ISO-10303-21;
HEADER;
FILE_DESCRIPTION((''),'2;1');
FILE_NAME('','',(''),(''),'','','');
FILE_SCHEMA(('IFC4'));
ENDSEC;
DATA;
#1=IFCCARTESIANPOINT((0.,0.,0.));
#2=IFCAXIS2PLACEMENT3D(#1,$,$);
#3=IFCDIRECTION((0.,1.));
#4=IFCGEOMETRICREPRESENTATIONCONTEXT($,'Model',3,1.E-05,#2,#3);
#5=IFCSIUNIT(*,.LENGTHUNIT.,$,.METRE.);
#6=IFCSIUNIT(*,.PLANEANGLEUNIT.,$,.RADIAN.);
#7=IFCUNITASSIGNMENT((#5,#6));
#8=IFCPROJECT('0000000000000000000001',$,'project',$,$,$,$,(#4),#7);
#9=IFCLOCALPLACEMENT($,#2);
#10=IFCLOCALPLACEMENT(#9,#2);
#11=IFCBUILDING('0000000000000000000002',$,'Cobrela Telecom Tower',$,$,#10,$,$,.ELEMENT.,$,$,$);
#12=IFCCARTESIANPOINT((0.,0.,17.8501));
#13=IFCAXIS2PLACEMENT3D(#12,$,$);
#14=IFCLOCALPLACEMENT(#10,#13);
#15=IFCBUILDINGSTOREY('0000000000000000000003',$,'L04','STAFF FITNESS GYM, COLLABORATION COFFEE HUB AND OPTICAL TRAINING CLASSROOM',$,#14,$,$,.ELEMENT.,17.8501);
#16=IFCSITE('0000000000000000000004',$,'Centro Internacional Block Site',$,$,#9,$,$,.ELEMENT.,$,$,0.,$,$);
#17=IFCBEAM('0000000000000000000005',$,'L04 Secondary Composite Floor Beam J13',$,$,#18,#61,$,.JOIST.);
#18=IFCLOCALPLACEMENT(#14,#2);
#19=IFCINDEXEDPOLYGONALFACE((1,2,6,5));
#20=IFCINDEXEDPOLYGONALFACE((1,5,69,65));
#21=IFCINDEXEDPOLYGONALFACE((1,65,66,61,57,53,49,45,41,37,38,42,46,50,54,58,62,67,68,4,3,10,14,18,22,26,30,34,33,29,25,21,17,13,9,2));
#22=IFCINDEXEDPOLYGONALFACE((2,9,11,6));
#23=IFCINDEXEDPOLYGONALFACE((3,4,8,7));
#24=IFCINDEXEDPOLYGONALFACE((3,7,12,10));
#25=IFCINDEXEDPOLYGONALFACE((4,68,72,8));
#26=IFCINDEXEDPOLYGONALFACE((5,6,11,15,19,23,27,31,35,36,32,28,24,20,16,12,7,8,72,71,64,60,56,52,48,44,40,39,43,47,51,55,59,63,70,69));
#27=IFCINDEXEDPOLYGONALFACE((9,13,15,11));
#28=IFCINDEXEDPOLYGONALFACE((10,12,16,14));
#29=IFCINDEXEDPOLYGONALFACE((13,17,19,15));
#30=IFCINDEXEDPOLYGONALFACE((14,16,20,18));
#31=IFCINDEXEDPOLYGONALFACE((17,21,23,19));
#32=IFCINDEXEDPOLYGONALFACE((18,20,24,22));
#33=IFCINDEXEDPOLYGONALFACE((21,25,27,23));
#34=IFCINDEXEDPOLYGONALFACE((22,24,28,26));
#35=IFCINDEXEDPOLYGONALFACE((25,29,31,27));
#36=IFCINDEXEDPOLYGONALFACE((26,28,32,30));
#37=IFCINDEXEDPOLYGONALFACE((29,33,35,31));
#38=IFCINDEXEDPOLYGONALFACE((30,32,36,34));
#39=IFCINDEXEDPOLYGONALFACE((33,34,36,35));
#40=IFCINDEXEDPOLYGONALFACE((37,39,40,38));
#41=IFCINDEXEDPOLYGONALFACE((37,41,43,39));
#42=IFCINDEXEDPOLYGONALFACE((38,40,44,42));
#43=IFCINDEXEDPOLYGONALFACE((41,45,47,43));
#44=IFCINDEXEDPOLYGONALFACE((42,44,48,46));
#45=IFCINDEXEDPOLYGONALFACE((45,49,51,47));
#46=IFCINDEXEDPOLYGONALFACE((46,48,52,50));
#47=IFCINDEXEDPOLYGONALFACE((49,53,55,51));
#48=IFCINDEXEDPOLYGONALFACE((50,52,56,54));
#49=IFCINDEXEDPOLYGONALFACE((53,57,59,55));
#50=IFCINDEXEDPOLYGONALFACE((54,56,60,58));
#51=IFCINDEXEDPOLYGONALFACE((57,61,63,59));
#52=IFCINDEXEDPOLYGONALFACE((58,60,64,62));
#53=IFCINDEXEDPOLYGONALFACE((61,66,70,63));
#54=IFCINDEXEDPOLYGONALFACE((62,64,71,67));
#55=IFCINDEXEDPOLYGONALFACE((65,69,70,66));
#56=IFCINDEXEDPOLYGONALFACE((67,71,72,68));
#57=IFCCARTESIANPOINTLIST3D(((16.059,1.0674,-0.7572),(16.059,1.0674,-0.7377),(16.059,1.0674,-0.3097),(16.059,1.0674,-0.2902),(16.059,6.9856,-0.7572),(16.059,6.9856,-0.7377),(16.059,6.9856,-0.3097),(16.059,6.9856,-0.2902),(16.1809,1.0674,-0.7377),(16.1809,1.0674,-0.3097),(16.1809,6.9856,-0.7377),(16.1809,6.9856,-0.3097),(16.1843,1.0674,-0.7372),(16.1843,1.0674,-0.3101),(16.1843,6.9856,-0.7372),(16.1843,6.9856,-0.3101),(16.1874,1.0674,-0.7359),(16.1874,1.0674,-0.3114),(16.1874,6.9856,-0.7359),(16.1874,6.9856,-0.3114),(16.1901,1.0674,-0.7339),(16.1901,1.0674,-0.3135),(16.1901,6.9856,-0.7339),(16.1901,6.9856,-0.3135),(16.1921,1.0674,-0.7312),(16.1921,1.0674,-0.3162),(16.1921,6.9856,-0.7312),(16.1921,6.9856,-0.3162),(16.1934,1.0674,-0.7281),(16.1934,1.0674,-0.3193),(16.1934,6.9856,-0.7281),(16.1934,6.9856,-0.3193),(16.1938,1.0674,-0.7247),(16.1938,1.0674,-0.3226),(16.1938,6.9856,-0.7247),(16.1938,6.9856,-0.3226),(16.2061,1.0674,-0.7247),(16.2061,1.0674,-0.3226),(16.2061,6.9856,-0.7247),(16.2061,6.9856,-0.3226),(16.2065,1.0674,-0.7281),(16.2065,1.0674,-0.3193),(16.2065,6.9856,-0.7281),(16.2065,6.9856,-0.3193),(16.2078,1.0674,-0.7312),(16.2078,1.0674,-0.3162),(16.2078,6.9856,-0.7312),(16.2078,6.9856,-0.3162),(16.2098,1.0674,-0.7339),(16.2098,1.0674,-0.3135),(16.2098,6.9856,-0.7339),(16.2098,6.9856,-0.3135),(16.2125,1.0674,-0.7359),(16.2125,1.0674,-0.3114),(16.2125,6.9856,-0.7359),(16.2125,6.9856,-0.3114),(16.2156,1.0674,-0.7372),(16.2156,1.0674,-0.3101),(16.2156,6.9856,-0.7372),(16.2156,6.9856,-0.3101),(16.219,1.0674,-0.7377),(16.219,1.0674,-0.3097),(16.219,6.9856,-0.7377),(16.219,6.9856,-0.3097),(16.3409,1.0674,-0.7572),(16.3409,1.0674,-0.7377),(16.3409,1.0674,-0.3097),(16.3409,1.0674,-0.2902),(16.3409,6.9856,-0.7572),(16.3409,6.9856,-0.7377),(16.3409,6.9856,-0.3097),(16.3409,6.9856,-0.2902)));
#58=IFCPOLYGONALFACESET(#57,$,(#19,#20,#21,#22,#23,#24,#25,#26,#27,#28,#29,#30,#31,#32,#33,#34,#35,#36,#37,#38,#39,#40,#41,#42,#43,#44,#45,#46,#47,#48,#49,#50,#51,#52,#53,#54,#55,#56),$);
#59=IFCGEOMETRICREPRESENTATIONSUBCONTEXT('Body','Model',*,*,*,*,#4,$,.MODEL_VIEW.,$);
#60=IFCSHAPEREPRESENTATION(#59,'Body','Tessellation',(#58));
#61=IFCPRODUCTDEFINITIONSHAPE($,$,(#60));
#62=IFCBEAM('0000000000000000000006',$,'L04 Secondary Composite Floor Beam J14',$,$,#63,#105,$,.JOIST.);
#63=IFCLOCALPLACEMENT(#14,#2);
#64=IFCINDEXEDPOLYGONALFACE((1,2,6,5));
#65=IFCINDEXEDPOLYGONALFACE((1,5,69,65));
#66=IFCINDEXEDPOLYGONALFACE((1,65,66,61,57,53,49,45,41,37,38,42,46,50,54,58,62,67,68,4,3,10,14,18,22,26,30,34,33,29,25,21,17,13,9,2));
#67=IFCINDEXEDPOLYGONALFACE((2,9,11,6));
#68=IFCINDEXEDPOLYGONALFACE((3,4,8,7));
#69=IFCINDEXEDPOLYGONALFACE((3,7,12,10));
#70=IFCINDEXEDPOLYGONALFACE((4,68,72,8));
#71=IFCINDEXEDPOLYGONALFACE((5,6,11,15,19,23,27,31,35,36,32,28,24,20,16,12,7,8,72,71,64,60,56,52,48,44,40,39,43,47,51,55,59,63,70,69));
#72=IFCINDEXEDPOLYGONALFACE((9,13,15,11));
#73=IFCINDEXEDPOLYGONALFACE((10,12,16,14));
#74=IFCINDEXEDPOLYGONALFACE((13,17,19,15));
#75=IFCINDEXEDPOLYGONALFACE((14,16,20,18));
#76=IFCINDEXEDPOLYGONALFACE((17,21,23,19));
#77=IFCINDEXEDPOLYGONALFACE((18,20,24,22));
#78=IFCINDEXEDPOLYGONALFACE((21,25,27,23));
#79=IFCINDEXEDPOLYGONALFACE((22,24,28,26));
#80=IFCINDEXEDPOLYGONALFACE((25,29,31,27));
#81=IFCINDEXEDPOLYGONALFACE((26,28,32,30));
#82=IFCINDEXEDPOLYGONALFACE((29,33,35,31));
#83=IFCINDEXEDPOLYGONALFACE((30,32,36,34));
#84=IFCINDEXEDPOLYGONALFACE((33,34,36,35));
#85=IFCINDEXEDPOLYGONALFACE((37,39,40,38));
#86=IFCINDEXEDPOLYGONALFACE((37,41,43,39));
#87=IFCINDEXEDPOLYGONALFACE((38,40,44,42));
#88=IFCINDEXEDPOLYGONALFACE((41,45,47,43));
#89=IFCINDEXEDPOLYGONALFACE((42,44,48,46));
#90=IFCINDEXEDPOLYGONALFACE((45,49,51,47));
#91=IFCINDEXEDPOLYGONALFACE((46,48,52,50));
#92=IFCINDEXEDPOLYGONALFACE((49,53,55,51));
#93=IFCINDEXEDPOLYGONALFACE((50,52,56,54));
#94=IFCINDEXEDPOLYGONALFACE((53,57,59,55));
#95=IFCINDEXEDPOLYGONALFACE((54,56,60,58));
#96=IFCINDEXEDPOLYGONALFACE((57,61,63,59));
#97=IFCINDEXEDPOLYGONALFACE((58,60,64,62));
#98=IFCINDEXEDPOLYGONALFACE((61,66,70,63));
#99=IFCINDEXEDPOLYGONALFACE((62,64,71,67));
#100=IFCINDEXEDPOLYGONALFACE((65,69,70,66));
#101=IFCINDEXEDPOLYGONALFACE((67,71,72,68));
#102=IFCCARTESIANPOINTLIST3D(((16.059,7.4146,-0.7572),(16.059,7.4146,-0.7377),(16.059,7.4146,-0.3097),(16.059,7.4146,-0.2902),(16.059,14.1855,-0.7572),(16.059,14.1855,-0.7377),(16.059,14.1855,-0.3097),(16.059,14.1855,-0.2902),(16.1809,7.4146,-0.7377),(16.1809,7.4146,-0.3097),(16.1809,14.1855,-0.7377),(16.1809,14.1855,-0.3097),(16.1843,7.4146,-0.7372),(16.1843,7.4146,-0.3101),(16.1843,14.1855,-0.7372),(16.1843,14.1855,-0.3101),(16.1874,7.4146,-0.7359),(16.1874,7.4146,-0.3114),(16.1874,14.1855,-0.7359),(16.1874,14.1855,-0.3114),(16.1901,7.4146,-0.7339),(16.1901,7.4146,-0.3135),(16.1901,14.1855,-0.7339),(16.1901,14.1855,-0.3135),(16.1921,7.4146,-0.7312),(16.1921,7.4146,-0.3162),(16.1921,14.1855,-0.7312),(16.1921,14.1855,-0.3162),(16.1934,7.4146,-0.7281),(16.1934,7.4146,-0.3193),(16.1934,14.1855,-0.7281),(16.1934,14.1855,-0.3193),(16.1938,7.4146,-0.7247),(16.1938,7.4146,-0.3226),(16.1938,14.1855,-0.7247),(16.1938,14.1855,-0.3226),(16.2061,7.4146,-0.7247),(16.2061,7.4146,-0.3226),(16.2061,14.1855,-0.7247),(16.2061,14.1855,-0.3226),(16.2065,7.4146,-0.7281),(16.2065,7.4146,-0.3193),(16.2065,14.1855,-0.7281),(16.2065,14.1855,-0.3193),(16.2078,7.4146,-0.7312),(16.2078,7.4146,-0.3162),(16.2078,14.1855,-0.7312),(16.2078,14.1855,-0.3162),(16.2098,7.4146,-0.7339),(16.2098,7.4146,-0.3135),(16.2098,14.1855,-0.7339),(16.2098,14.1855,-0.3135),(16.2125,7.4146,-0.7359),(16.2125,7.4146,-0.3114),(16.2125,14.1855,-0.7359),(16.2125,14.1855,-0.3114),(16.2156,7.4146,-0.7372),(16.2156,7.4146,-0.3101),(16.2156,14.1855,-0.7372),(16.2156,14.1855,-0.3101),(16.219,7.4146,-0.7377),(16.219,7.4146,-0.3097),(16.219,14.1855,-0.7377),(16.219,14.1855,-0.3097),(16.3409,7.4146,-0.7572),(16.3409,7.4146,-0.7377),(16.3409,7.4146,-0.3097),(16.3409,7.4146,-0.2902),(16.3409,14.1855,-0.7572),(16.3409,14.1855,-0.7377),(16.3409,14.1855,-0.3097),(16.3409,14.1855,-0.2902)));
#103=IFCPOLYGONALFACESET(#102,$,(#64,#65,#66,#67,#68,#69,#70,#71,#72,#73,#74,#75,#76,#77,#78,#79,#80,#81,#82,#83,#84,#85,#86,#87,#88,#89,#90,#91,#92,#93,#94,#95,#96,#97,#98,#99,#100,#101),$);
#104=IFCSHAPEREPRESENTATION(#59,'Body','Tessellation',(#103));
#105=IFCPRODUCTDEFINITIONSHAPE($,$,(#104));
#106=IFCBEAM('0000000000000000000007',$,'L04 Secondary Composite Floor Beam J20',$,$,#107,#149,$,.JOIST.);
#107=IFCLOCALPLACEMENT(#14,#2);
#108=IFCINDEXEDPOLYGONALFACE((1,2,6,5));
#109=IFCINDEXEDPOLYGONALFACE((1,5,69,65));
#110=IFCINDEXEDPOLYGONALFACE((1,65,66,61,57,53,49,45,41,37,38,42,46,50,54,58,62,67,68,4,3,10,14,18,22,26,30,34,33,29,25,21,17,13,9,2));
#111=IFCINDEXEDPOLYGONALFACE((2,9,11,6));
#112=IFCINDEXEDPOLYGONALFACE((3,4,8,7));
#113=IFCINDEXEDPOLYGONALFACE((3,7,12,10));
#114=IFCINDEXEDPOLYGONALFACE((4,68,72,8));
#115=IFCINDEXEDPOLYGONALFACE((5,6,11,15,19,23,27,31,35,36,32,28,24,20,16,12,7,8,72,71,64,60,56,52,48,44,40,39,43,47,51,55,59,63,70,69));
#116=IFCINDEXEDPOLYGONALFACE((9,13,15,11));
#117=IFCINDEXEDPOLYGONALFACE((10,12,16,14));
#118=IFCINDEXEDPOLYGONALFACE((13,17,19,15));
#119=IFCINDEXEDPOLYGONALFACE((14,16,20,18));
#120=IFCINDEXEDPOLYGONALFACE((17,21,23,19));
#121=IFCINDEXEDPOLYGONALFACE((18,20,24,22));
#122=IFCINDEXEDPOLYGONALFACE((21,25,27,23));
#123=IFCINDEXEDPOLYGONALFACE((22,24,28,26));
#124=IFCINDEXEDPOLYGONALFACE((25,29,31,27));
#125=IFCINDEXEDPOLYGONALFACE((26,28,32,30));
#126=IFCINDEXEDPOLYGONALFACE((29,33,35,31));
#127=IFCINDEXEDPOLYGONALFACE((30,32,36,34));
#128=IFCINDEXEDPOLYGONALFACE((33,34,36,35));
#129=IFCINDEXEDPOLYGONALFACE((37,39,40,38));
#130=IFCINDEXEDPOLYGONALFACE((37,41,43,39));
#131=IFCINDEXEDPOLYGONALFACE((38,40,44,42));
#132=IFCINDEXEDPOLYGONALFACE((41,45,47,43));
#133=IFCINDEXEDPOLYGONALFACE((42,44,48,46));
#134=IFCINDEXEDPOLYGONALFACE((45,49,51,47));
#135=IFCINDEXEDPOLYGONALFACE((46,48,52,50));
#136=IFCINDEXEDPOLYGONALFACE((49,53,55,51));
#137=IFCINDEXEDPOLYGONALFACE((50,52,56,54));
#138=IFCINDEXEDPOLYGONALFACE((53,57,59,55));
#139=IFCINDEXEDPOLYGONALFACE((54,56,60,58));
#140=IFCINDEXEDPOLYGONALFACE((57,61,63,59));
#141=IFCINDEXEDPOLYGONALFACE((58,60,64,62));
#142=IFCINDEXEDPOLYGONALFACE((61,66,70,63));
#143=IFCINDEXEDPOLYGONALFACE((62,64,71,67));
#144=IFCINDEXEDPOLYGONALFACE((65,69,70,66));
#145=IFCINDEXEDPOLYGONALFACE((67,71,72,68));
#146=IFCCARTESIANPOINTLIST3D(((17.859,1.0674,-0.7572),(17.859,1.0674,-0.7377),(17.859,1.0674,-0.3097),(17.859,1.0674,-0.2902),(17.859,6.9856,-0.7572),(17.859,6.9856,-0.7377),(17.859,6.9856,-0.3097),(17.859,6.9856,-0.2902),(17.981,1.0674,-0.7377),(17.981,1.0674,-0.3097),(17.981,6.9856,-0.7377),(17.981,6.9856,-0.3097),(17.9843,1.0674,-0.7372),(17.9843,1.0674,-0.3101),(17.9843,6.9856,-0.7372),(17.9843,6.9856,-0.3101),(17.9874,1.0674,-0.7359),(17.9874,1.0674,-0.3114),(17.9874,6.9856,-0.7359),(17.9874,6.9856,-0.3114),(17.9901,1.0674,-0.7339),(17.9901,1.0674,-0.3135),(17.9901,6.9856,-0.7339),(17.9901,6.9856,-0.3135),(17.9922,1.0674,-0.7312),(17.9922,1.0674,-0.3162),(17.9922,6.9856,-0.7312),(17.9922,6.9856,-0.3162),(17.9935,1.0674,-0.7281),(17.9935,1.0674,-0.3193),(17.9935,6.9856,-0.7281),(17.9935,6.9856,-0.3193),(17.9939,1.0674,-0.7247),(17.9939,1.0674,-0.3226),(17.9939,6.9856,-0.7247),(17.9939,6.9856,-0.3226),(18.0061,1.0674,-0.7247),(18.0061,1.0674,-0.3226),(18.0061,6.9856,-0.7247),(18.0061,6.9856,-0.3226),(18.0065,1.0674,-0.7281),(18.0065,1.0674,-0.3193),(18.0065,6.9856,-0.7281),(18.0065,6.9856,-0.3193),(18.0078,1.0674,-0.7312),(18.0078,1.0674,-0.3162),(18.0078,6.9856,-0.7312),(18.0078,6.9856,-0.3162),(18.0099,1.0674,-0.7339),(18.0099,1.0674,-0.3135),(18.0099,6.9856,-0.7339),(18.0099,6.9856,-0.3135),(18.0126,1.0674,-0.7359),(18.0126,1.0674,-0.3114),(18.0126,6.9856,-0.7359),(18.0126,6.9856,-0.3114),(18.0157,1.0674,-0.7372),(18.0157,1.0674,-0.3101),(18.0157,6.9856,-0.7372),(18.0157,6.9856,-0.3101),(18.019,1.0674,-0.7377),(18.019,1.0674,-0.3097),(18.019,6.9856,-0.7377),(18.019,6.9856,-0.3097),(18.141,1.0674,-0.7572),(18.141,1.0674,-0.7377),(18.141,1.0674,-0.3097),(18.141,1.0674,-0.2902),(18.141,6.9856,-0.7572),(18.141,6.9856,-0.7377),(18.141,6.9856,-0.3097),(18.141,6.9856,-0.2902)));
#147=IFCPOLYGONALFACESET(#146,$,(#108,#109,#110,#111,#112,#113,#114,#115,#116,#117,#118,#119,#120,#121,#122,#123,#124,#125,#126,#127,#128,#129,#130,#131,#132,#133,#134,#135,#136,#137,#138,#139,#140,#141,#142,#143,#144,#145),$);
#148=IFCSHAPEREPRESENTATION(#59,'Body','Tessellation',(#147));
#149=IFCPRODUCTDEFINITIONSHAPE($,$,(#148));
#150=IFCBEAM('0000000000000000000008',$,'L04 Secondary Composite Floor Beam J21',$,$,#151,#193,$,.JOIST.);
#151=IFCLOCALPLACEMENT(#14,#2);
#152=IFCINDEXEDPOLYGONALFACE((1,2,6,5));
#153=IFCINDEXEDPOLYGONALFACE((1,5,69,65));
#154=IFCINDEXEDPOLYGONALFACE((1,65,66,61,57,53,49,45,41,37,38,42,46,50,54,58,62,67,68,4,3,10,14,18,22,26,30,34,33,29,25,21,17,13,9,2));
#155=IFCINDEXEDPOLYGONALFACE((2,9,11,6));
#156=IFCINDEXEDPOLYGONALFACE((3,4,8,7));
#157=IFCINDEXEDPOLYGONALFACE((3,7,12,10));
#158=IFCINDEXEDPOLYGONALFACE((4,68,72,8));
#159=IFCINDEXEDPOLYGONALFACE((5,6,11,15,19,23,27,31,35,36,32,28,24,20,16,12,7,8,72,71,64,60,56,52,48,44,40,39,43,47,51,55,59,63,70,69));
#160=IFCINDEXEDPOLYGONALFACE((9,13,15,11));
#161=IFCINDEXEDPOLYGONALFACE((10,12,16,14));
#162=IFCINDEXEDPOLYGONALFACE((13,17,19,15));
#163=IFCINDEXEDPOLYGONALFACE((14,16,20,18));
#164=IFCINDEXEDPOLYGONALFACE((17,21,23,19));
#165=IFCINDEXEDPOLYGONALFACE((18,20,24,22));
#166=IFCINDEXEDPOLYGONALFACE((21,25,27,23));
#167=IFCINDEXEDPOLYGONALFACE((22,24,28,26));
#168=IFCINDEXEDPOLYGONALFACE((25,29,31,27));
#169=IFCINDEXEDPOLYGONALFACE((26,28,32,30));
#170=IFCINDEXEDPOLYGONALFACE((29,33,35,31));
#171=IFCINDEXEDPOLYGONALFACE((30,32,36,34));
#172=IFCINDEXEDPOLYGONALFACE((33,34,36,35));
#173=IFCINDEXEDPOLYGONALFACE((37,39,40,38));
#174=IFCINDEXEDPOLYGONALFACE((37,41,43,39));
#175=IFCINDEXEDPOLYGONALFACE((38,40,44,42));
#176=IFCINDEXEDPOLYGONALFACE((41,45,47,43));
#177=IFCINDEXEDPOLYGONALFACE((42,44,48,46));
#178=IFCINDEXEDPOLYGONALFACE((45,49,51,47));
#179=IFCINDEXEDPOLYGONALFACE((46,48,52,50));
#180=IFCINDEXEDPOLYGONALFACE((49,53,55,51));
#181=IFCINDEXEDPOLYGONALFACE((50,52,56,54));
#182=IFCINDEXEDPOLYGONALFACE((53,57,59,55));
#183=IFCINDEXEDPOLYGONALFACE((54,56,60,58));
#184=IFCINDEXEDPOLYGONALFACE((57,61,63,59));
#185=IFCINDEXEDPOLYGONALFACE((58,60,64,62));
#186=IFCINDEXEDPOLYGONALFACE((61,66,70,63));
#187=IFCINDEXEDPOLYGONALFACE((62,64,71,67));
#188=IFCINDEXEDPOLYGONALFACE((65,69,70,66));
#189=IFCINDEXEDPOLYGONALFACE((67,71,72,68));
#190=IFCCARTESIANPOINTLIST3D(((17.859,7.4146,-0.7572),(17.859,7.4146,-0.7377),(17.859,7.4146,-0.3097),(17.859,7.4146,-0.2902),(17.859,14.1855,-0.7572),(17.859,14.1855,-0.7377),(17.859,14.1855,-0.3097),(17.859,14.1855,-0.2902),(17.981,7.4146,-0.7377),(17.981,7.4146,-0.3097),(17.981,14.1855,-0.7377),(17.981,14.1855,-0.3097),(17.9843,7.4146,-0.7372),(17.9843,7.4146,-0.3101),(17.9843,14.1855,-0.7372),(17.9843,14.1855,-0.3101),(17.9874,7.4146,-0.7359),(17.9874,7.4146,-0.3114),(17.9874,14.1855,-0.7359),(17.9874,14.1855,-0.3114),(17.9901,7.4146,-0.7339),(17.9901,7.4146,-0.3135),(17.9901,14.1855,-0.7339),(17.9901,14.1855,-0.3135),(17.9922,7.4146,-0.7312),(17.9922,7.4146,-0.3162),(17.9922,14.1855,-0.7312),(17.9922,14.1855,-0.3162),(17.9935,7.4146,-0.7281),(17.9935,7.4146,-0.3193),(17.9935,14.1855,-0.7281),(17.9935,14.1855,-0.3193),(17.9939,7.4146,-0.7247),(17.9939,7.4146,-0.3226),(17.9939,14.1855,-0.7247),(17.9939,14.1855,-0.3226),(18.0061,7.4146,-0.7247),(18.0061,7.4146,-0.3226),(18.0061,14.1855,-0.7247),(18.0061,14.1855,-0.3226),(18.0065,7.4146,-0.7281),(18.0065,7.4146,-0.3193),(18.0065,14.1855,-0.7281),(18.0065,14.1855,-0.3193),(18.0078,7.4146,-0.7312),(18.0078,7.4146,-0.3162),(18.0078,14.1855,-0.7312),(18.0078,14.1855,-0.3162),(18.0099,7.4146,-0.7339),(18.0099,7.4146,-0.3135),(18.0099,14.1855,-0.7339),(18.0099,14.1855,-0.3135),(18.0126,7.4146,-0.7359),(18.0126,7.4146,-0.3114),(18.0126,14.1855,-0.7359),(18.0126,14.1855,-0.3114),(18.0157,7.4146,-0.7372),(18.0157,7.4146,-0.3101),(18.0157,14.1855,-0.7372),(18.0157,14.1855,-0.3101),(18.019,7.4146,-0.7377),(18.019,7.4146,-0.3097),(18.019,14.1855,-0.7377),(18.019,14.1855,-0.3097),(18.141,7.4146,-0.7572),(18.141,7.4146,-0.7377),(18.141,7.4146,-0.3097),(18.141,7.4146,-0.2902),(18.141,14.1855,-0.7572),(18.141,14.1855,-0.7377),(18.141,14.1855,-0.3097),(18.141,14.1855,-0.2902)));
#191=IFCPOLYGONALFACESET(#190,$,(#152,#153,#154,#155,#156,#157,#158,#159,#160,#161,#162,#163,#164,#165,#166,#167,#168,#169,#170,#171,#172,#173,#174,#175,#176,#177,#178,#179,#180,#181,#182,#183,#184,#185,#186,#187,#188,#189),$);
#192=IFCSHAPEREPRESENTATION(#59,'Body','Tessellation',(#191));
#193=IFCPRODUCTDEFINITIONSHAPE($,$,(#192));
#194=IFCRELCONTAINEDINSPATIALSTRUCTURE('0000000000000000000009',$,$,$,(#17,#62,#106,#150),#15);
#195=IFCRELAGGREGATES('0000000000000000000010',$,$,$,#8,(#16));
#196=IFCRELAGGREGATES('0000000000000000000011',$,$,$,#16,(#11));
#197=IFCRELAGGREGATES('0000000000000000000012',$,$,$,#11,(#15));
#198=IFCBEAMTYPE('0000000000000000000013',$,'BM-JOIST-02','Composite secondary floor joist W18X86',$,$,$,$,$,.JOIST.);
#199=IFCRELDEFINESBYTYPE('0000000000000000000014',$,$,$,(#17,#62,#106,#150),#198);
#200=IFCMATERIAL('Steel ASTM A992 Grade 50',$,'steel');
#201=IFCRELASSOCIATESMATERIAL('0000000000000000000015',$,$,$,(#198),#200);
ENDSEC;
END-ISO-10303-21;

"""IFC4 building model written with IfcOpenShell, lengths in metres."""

from ifc_helpers import new_model, si_unit, direction, frame, origin, origin_2d, place, context, subcontext, project, spatial, i_section, extrude, material, material_profile, profile_set, type_object, element, save


model = new_model("IFC4")

# Units and contexts
model_context = context("Model", 3, precision=1e-05, world=origin(), true_north=direction((0.0, 1.0)))
body_context = subcontext(model_context, "Body", "Model", "MODEL_VIEW")
ifc_project = project(units=[si_unit("LENGTHUNIT", "METRE"), si_unit("PLANEANGLEUNIT", "RADIAN")], contexts=[model_context])

# Site, building, storey
site_placement = place(None, origin())
site = spatial("IfcSite", under=ifc_project, at=site_placement, Name="Centro Internacional Block Site", CompositionType="ELEMENT", RefElevation=0.0)
building_placement = place(site_placement, origin())
building = spatial("IfcBuilding", under=site, at=building_placement, Name="Cobrela Telecom Tower", CompositionType="ELEMENT")
storey_placement = place(building_placement, frame((0.0, 0.0, 17.8501)))
storey = spatial("IfcBuildingStorey", under=building, at=storey_placement, Name="L04", Description="STAFF FITNESS GYM, COLLABORATION COFFEE HUB AND OPTICAL TRAINING CLASSROOM", CompositionType="ELEMENT", Elevation=17.8501)

# Beams
ifc_material_1 = material(Name="Steel ASTM A992 Grade 50", Category="steel")
ifc_material_profile_1 = material_profile(ifc_material_1, i_section(OverallWidth=0.282, OverallDepth=0.467, WebThickness=0.0122, FlangeThickness=0.0195, FilletRadius=0.0129, at=origin_2d()), Name="W18X86")
ifc_profile_set_1 = profile_set([ifc_material_profile_1], Name="Steel ASTM A992 Grade 50")
beam_type_1 = type_object("IfcBeamType", Name="BM-JOIST-02", Description="Composite secondary floor joist W18X86", PredefinedType="JOIST", material=ifc_profile_set_1)
beam_1_placement = place(storey_placement, frame((16.2, 1.0674, -0.5237), z_axis=(0.0, 1.0, 0.0), x_axis=(-1.0, 0.0, 0.0)))
element("IfcBeam", 1, at=beam_1_placement, inside=storey, type_object=beam_type_1, Name="L04 Secondary Composite Floor Beam J13", PredefinedType="JOIST", context=body_context, shape_type="SweptSolid", body=[
    extrude(i_section(OverallWidth=0.282, OverallDepth=0.467, WebThickness=0.0122, FlangeThickness=0.0195, FilletRadius=0.0129, at=origin_2d()), origin(), (0.0, 0.0, 1.0), 5.9182),
])
beam_2_placement = place(storey_placement, frame((16.2, 7.4146, -0.5237), z_axis=(0.0, 1.0, 0.0), x_axis=(-1.0, 0.0, 0.0)))
element("IfcBeam", 2, at=beam_2_placement, inside=storey, type_object=beam_type_1, Name="L04 Secondary Composite Floor Beam J14", PredefinedType="JOIST", context=body_context, shape_type="SweptSolid", body=[
    extrude(i_section(OverallWidth=0.282, OverallDepth=0.467, WebThickness=0.0122, FlangeThickness=0.0195, FilletRadius=0.0129, at=origin_2d()), origin(), (0.0, 0.0, 1.0), 6.771),
])
beam_3_placement = place(storey_placement, frame((18.0, 1.0674, -0.5237), z_axis=(0.0, 1.0, 0.0), x_axis=(-1.0, 0.0, 0.0)))
element("IfcBeam", 3, at=beam_3_placement, inside=storey, type_object=beam_type_1, Name="L04 Secondary Composite Floor Beam J20", PredefinedType="JOIST", context=body_context, shape_type="SweptSolid", body=[
    extrude(i_section(OverallWidth=0.282, OverallDepth=0.467, WebThickness=0.0122, FlangeThickness=0.0195, FilletRadius=0.0129, at=origin_2d()), origin(), (0.0, 0.0, 1.0), 5.9182),
])
beam_4_placement = place(storey_placement, frame((18.0, 7.4146, -0.5237), z_axis=(0.0, 1.0, 0.0), x_axis=(-1.0, 0.0, 0.0)))
element("IfcBeam", 4, at=beam_4_placement, inside=storey, type_object=beam_type_1, Name="L04 Secondary Composite Floor Beam J21", PredefinedType="JOIST", context=body_context, shape_type="SweptSolid", body=[
    extrude(i_section(OverallWidth=0.282, OverallDepth=0.467, WebThickness=0.0122, FlangeThickness=0.0195, FilletRadius=0.0129, at=origin_2d()), origin(), (0.0, 0.0, 1.0), 6.771),
])

save(model, "model.ifc")
